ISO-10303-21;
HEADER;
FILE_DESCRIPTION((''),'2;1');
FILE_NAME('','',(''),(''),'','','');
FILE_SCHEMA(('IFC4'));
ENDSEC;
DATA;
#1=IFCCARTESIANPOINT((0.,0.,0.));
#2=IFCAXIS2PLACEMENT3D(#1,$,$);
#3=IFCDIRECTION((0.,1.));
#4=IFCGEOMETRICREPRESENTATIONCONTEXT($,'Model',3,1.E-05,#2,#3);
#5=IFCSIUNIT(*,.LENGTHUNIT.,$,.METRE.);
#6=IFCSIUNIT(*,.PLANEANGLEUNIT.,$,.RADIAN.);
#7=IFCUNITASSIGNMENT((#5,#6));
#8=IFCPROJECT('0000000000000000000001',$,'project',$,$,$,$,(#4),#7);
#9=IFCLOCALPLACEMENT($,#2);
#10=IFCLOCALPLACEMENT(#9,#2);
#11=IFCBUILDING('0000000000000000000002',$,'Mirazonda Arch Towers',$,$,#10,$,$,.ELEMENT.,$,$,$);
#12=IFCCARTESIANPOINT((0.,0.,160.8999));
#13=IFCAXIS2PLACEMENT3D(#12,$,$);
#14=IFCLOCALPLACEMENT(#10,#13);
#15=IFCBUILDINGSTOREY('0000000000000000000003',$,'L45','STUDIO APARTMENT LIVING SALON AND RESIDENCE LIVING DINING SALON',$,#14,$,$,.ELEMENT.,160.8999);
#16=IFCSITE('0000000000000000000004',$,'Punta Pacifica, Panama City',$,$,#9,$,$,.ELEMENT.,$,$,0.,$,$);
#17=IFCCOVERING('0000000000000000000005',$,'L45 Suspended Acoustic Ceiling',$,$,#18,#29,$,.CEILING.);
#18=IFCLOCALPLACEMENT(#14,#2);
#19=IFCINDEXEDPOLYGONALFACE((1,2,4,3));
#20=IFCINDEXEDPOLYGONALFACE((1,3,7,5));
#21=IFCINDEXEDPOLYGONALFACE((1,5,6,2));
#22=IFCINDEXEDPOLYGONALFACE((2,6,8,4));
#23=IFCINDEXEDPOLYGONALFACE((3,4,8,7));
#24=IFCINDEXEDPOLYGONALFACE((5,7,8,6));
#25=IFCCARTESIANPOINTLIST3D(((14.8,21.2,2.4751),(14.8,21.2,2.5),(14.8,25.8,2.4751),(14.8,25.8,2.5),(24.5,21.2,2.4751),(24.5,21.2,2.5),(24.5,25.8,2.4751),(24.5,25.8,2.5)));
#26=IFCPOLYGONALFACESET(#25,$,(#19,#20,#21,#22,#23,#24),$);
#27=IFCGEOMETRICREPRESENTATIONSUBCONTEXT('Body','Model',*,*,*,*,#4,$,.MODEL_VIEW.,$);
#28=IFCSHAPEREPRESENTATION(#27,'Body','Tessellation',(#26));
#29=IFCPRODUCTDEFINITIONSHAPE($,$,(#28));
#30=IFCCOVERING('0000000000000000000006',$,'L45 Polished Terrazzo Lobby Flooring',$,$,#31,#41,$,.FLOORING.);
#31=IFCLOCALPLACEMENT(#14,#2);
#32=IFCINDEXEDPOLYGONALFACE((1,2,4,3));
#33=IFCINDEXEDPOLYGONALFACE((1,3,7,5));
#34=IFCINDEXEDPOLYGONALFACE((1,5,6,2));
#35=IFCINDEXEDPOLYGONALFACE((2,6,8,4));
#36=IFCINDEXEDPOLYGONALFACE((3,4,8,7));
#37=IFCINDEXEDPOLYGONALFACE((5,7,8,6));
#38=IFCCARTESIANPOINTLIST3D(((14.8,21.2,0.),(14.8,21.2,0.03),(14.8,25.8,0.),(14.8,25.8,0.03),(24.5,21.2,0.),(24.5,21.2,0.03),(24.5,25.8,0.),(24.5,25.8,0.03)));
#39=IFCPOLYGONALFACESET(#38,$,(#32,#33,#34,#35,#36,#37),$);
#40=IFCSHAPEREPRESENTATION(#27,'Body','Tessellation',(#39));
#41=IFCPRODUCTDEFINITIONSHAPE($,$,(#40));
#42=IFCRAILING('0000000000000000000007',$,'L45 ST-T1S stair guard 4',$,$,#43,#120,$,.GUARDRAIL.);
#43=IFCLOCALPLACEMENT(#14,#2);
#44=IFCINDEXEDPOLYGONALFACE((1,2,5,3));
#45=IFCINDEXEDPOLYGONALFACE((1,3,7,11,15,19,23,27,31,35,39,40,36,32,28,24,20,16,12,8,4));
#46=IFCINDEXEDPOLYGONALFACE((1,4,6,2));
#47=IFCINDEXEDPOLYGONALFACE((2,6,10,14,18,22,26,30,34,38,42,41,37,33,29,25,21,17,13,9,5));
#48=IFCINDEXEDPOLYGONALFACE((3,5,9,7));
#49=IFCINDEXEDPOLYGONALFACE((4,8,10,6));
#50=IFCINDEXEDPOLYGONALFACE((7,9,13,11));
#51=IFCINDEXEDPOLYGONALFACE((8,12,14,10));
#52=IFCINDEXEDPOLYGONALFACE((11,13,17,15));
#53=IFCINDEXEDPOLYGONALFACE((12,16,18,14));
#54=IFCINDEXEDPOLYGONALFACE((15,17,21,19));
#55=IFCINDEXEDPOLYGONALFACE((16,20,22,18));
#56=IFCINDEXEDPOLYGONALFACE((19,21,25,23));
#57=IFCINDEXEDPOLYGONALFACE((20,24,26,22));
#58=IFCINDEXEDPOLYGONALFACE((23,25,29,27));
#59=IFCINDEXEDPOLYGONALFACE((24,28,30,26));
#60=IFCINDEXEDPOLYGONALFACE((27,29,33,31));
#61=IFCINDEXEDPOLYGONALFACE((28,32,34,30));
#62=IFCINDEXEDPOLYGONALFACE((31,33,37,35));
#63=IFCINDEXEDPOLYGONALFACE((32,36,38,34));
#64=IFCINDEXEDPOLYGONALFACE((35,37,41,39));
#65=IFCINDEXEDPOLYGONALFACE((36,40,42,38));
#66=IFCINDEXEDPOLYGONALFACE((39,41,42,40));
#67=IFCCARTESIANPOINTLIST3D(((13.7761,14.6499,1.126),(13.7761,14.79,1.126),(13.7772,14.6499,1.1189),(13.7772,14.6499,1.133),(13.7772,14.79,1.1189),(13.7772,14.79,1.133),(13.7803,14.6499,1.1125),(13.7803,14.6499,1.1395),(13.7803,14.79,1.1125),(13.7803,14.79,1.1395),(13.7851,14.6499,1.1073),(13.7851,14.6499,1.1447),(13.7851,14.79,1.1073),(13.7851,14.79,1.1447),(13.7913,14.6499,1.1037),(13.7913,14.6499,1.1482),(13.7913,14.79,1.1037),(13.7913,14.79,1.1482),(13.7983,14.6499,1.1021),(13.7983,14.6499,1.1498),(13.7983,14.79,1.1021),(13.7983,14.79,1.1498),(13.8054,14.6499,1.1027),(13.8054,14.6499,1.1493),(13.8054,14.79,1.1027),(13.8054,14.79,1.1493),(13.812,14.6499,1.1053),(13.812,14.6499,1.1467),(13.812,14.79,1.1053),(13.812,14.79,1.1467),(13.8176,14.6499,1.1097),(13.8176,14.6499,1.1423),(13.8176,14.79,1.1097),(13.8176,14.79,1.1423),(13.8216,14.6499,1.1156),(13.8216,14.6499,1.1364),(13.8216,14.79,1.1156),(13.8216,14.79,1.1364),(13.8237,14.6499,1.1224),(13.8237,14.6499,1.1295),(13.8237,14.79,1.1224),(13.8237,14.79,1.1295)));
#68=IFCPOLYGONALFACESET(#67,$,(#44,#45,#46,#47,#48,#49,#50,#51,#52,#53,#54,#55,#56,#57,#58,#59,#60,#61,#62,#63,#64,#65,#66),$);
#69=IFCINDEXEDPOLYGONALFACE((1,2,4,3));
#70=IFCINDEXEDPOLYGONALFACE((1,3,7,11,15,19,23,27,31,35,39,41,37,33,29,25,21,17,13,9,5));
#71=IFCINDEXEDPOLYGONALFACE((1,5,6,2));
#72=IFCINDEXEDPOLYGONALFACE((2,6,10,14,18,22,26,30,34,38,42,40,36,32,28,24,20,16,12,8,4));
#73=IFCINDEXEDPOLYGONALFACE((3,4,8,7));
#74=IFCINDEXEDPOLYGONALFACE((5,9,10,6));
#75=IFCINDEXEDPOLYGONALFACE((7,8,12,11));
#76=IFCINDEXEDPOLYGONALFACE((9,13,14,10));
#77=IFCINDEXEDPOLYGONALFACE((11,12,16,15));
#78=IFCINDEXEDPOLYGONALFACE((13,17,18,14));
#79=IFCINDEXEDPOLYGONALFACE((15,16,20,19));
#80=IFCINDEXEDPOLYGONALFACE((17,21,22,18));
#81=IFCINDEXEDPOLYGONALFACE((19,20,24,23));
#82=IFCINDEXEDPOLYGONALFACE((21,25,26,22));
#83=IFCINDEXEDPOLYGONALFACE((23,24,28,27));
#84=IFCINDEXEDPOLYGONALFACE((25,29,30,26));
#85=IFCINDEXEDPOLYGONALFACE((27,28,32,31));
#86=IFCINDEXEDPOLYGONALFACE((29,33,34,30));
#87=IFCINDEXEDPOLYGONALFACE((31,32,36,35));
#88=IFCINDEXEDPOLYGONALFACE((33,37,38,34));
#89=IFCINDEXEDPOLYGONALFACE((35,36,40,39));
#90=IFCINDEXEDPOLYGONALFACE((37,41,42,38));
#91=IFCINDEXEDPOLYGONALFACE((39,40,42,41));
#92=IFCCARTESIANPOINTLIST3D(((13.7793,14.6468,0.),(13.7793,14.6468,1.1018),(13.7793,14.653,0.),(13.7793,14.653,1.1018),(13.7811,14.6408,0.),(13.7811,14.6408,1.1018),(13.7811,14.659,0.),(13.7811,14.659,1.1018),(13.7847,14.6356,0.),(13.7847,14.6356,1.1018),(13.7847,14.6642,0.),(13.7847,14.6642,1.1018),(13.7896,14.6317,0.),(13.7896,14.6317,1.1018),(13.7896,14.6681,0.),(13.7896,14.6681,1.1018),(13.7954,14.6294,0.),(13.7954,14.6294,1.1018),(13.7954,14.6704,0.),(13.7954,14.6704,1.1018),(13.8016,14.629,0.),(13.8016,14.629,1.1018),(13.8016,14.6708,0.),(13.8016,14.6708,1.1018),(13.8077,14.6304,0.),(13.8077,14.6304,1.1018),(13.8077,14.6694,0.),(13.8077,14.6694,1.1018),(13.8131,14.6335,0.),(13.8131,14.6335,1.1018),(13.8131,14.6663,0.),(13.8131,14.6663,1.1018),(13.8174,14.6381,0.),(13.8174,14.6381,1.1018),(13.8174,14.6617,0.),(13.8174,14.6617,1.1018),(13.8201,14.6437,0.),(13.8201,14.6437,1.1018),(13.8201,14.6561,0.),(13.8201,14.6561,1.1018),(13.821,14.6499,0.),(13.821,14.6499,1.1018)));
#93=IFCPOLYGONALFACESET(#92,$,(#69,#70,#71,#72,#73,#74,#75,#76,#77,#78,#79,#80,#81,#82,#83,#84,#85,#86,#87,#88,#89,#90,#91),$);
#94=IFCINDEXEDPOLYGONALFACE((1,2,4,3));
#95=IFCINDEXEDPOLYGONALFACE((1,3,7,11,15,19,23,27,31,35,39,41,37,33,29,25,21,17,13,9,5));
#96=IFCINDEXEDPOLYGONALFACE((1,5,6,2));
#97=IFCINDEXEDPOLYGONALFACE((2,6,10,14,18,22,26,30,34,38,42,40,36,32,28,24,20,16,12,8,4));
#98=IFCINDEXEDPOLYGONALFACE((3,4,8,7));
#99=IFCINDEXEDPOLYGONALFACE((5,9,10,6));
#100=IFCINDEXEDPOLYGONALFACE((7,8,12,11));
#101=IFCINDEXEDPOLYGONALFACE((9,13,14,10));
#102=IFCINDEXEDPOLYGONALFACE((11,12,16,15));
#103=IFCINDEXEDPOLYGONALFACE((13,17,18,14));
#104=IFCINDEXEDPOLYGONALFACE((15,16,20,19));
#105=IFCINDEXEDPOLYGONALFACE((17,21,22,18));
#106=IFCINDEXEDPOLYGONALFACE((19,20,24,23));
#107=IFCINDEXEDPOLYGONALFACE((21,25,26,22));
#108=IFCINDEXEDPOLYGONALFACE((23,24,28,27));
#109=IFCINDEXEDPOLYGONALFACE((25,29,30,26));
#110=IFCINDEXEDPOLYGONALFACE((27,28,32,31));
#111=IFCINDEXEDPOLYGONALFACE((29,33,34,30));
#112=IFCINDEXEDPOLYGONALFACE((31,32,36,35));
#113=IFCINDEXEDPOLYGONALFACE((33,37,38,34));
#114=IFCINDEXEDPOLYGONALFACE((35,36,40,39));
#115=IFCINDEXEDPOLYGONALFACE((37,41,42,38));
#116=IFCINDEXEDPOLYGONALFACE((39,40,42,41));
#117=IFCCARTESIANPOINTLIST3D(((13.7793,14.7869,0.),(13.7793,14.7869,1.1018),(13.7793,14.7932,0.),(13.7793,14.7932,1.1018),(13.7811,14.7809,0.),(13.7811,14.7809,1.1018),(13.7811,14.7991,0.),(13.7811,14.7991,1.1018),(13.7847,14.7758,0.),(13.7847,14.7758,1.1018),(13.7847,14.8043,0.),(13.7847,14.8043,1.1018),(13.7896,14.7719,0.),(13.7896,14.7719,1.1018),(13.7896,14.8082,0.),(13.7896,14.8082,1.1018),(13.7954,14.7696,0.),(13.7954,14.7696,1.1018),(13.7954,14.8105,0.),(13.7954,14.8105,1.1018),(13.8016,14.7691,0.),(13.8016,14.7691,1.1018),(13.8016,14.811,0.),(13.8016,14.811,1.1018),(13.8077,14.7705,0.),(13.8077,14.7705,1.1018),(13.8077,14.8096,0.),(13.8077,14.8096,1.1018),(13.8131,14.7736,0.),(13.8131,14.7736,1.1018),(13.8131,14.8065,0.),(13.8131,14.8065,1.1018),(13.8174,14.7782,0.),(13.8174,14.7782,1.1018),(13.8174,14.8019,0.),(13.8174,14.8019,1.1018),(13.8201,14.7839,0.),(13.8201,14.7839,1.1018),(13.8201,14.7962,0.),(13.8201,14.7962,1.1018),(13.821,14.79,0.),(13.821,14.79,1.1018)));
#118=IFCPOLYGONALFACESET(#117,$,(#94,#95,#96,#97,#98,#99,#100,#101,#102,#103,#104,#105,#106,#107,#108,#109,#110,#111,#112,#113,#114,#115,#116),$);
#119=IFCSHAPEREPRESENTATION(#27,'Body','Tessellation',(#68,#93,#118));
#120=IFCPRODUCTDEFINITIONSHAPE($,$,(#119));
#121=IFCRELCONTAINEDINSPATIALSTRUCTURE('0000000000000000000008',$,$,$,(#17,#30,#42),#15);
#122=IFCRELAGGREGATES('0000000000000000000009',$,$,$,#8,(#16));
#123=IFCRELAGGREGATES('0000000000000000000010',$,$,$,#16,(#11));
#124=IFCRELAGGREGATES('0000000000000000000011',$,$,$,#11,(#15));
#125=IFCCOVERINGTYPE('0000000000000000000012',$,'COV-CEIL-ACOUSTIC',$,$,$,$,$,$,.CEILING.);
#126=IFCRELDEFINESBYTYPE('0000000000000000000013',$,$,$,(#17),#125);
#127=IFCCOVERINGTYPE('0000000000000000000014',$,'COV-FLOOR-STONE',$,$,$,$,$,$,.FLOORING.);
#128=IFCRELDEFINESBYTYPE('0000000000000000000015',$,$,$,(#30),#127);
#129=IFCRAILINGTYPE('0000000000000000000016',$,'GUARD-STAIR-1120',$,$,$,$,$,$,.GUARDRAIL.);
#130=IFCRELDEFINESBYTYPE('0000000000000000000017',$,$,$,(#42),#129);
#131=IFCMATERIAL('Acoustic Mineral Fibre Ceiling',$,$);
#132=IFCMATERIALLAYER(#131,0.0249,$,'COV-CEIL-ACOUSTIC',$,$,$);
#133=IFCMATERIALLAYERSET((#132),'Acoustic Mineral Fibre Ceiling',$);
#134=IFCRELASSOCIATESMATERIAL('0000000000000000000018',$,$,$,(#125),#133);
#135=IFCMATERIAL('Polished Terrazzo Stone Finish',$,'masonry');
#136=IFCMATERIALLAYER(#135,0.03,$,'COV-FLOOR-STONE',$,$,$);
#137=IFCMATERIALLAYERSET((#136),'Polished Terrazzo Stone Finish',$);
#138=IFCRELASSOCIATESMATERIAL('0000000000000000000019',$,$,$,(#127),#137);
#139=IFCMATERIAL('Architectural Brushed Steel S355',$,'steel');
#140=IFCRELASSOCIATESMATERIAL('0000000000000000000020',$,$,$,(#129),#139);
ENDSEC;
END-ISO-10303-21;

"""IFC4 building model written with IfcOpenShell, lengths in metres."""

from ifc_helpers import new_model, si_unit, direction, frame, origin, origin_2d, place, context, subcontext, project, spatial, polyline, circle, outline, extrude, material, layer, layer_set, type_object, element, save


model = new_model("IFC4")

# Units and contexts
model_context = context("Model", 3, precision=1e-05, world=origin(), true_north=direction((0.0, 1.0)))
body_context = subcontext(model_context, "Body", "Model", "MODEL_VIEW")
ifc_project = project(units=[si_unit("LENGTHUNIT", "METRE"), si_unit("PLANEANGLEUNIT", "RADIAN")], contexts=[model_context])

# Site, building, storey
site_placement = place(None, origin())
site = spatial("IfcSite", under=ifc_project, at=site_placement, Name="Punta Pacifica, Panama City", CompositionType="ELEMENT", RefElevation=0.0)
building_placement = place(site_placement, origin())
building = spatial("IfcBuilding", under=site, at=building_placement, Name="Mirazonda Arch Towers", CompositionType="ELEMENT")
storey_placement = place(building_placement, frame((0.0, 0.0, 160.8999)))
storey = spatial("IfcBuildingStorey", under=building, at=storey_placement, Name="L45", Description="STUDIO APARTMENT LIVING SALON AND RESIDENCE LIVING DINING SALON", CompositionType="ELEMENT", Elevation=160.8999)

# Shared definitions
ifc_material_1 = material(Name="Architectural Brushed Steel S355", Category="steel")

# Coverings
ifc_material_2 = material(Name="Acoustic Mineral Fibre Ceiling")
ifc_layer_1 = layer(ifc_material_2, 0.0249, Name="COV-CEIL-ACOUSTIC")
ifc_layer_set_1 = layer_set([ifc_layer_1], Name="Acoustic Mineral Fibre Ceiling")
covering_type_1 = type_object("IfcCoveringType", Name="COV-CEIL-ACOUSTIC", PredefinedType="CEILING", material=ifc_layer_set_1)
covering_1_placement = place(storey_placement, frame((0.0, 0.0, 2.4751)))
element("IfcCovering", 1, at=covering_1_placement, inside=storey, type_object=covering_type_1, Name="L45 Suspended Acoustic Ceiling", PredefinedType="CEILING", context=body_context, shape_type="SweptSolid", body=[
    extrude(outline(polyline([(14.8, 21.2), (24.5, 21.2), (24.5, 25.8), (14.8, 25.8), (14.8, 21.2)])), origin(), (0.0, 0.0, 1.0), 0.0249),
])
ifc_material_3 = material(Name="Polished Terrazzo Stone Finish", Category="masonry")
ifc_layer_2 = layer(ifc_material_3, 0.03, Name="COV-FLOOR-STONE")
ifc_layer_set_2 = layer_set([ifc_layer_2], Name="Polished Terrazzo Stone Finish")
covering_type_2 = type_object("IfcCoveringType", Name="COV-FLOOR-STONE", PredefinedType="FLOORING", material=ifc_layer_set_2)
covering_2_placement = place(storey_placement, origin())
element("IfcCovering", 2, at=covering_2_placement, inside=storey, type_object=covering_type_2, Name="L45 Polished Terrazzo Lobby Flooring", PredefinedType="FLOORING", context=body_context, shape_type="SweptSolid", body=[
    extrude(outline(polyline([(14.8, 21.2), (24.5, 21.2), (24.5, 25.8), (14.8, 25.8), (14.8, 21.2)])), origin(), (0.0, 0.0, 1.0), 0.03),
])

# Railing
railing_type = type_object("IfcRailingType", Name="GUARD-STAIR-1120", PredefinedType="GUARDRAIL", material=ifc_material_1)
railing_placement = place(storey_placement, frame((13.8, 14.6499, 0.0)))
element("IfcRailing", 3, at=railing_placement, inside=storey, type_object=railing_type, Name="L45 ST-T1S stair guard 4", PredefinedType="GUARDRAIL", context=body_context, shape_type="SweptSolid", body=[
    extrude(circle(Radius=0.0239, at=origin_2d()), frame((0.0, 0.0, 1.126), z_axis=(0.0, 1.0, 0.0), x_axis=(-1.0, 0.0, 0.0)), (0.0, 0.0, 1.0), 0.1401),
    extrude(circle(Radius=0.021, at=origin_2d()), origin(), (0.0, 0.0, 1.0), 1.1018),
    extrude(circle(Radius=0.021, at=origin_2d()), frame((0.0, 0.1401, 0.0)), (0.0, 0.0, 1.0), 1.1018),
])

save(model, "model.ifc")
